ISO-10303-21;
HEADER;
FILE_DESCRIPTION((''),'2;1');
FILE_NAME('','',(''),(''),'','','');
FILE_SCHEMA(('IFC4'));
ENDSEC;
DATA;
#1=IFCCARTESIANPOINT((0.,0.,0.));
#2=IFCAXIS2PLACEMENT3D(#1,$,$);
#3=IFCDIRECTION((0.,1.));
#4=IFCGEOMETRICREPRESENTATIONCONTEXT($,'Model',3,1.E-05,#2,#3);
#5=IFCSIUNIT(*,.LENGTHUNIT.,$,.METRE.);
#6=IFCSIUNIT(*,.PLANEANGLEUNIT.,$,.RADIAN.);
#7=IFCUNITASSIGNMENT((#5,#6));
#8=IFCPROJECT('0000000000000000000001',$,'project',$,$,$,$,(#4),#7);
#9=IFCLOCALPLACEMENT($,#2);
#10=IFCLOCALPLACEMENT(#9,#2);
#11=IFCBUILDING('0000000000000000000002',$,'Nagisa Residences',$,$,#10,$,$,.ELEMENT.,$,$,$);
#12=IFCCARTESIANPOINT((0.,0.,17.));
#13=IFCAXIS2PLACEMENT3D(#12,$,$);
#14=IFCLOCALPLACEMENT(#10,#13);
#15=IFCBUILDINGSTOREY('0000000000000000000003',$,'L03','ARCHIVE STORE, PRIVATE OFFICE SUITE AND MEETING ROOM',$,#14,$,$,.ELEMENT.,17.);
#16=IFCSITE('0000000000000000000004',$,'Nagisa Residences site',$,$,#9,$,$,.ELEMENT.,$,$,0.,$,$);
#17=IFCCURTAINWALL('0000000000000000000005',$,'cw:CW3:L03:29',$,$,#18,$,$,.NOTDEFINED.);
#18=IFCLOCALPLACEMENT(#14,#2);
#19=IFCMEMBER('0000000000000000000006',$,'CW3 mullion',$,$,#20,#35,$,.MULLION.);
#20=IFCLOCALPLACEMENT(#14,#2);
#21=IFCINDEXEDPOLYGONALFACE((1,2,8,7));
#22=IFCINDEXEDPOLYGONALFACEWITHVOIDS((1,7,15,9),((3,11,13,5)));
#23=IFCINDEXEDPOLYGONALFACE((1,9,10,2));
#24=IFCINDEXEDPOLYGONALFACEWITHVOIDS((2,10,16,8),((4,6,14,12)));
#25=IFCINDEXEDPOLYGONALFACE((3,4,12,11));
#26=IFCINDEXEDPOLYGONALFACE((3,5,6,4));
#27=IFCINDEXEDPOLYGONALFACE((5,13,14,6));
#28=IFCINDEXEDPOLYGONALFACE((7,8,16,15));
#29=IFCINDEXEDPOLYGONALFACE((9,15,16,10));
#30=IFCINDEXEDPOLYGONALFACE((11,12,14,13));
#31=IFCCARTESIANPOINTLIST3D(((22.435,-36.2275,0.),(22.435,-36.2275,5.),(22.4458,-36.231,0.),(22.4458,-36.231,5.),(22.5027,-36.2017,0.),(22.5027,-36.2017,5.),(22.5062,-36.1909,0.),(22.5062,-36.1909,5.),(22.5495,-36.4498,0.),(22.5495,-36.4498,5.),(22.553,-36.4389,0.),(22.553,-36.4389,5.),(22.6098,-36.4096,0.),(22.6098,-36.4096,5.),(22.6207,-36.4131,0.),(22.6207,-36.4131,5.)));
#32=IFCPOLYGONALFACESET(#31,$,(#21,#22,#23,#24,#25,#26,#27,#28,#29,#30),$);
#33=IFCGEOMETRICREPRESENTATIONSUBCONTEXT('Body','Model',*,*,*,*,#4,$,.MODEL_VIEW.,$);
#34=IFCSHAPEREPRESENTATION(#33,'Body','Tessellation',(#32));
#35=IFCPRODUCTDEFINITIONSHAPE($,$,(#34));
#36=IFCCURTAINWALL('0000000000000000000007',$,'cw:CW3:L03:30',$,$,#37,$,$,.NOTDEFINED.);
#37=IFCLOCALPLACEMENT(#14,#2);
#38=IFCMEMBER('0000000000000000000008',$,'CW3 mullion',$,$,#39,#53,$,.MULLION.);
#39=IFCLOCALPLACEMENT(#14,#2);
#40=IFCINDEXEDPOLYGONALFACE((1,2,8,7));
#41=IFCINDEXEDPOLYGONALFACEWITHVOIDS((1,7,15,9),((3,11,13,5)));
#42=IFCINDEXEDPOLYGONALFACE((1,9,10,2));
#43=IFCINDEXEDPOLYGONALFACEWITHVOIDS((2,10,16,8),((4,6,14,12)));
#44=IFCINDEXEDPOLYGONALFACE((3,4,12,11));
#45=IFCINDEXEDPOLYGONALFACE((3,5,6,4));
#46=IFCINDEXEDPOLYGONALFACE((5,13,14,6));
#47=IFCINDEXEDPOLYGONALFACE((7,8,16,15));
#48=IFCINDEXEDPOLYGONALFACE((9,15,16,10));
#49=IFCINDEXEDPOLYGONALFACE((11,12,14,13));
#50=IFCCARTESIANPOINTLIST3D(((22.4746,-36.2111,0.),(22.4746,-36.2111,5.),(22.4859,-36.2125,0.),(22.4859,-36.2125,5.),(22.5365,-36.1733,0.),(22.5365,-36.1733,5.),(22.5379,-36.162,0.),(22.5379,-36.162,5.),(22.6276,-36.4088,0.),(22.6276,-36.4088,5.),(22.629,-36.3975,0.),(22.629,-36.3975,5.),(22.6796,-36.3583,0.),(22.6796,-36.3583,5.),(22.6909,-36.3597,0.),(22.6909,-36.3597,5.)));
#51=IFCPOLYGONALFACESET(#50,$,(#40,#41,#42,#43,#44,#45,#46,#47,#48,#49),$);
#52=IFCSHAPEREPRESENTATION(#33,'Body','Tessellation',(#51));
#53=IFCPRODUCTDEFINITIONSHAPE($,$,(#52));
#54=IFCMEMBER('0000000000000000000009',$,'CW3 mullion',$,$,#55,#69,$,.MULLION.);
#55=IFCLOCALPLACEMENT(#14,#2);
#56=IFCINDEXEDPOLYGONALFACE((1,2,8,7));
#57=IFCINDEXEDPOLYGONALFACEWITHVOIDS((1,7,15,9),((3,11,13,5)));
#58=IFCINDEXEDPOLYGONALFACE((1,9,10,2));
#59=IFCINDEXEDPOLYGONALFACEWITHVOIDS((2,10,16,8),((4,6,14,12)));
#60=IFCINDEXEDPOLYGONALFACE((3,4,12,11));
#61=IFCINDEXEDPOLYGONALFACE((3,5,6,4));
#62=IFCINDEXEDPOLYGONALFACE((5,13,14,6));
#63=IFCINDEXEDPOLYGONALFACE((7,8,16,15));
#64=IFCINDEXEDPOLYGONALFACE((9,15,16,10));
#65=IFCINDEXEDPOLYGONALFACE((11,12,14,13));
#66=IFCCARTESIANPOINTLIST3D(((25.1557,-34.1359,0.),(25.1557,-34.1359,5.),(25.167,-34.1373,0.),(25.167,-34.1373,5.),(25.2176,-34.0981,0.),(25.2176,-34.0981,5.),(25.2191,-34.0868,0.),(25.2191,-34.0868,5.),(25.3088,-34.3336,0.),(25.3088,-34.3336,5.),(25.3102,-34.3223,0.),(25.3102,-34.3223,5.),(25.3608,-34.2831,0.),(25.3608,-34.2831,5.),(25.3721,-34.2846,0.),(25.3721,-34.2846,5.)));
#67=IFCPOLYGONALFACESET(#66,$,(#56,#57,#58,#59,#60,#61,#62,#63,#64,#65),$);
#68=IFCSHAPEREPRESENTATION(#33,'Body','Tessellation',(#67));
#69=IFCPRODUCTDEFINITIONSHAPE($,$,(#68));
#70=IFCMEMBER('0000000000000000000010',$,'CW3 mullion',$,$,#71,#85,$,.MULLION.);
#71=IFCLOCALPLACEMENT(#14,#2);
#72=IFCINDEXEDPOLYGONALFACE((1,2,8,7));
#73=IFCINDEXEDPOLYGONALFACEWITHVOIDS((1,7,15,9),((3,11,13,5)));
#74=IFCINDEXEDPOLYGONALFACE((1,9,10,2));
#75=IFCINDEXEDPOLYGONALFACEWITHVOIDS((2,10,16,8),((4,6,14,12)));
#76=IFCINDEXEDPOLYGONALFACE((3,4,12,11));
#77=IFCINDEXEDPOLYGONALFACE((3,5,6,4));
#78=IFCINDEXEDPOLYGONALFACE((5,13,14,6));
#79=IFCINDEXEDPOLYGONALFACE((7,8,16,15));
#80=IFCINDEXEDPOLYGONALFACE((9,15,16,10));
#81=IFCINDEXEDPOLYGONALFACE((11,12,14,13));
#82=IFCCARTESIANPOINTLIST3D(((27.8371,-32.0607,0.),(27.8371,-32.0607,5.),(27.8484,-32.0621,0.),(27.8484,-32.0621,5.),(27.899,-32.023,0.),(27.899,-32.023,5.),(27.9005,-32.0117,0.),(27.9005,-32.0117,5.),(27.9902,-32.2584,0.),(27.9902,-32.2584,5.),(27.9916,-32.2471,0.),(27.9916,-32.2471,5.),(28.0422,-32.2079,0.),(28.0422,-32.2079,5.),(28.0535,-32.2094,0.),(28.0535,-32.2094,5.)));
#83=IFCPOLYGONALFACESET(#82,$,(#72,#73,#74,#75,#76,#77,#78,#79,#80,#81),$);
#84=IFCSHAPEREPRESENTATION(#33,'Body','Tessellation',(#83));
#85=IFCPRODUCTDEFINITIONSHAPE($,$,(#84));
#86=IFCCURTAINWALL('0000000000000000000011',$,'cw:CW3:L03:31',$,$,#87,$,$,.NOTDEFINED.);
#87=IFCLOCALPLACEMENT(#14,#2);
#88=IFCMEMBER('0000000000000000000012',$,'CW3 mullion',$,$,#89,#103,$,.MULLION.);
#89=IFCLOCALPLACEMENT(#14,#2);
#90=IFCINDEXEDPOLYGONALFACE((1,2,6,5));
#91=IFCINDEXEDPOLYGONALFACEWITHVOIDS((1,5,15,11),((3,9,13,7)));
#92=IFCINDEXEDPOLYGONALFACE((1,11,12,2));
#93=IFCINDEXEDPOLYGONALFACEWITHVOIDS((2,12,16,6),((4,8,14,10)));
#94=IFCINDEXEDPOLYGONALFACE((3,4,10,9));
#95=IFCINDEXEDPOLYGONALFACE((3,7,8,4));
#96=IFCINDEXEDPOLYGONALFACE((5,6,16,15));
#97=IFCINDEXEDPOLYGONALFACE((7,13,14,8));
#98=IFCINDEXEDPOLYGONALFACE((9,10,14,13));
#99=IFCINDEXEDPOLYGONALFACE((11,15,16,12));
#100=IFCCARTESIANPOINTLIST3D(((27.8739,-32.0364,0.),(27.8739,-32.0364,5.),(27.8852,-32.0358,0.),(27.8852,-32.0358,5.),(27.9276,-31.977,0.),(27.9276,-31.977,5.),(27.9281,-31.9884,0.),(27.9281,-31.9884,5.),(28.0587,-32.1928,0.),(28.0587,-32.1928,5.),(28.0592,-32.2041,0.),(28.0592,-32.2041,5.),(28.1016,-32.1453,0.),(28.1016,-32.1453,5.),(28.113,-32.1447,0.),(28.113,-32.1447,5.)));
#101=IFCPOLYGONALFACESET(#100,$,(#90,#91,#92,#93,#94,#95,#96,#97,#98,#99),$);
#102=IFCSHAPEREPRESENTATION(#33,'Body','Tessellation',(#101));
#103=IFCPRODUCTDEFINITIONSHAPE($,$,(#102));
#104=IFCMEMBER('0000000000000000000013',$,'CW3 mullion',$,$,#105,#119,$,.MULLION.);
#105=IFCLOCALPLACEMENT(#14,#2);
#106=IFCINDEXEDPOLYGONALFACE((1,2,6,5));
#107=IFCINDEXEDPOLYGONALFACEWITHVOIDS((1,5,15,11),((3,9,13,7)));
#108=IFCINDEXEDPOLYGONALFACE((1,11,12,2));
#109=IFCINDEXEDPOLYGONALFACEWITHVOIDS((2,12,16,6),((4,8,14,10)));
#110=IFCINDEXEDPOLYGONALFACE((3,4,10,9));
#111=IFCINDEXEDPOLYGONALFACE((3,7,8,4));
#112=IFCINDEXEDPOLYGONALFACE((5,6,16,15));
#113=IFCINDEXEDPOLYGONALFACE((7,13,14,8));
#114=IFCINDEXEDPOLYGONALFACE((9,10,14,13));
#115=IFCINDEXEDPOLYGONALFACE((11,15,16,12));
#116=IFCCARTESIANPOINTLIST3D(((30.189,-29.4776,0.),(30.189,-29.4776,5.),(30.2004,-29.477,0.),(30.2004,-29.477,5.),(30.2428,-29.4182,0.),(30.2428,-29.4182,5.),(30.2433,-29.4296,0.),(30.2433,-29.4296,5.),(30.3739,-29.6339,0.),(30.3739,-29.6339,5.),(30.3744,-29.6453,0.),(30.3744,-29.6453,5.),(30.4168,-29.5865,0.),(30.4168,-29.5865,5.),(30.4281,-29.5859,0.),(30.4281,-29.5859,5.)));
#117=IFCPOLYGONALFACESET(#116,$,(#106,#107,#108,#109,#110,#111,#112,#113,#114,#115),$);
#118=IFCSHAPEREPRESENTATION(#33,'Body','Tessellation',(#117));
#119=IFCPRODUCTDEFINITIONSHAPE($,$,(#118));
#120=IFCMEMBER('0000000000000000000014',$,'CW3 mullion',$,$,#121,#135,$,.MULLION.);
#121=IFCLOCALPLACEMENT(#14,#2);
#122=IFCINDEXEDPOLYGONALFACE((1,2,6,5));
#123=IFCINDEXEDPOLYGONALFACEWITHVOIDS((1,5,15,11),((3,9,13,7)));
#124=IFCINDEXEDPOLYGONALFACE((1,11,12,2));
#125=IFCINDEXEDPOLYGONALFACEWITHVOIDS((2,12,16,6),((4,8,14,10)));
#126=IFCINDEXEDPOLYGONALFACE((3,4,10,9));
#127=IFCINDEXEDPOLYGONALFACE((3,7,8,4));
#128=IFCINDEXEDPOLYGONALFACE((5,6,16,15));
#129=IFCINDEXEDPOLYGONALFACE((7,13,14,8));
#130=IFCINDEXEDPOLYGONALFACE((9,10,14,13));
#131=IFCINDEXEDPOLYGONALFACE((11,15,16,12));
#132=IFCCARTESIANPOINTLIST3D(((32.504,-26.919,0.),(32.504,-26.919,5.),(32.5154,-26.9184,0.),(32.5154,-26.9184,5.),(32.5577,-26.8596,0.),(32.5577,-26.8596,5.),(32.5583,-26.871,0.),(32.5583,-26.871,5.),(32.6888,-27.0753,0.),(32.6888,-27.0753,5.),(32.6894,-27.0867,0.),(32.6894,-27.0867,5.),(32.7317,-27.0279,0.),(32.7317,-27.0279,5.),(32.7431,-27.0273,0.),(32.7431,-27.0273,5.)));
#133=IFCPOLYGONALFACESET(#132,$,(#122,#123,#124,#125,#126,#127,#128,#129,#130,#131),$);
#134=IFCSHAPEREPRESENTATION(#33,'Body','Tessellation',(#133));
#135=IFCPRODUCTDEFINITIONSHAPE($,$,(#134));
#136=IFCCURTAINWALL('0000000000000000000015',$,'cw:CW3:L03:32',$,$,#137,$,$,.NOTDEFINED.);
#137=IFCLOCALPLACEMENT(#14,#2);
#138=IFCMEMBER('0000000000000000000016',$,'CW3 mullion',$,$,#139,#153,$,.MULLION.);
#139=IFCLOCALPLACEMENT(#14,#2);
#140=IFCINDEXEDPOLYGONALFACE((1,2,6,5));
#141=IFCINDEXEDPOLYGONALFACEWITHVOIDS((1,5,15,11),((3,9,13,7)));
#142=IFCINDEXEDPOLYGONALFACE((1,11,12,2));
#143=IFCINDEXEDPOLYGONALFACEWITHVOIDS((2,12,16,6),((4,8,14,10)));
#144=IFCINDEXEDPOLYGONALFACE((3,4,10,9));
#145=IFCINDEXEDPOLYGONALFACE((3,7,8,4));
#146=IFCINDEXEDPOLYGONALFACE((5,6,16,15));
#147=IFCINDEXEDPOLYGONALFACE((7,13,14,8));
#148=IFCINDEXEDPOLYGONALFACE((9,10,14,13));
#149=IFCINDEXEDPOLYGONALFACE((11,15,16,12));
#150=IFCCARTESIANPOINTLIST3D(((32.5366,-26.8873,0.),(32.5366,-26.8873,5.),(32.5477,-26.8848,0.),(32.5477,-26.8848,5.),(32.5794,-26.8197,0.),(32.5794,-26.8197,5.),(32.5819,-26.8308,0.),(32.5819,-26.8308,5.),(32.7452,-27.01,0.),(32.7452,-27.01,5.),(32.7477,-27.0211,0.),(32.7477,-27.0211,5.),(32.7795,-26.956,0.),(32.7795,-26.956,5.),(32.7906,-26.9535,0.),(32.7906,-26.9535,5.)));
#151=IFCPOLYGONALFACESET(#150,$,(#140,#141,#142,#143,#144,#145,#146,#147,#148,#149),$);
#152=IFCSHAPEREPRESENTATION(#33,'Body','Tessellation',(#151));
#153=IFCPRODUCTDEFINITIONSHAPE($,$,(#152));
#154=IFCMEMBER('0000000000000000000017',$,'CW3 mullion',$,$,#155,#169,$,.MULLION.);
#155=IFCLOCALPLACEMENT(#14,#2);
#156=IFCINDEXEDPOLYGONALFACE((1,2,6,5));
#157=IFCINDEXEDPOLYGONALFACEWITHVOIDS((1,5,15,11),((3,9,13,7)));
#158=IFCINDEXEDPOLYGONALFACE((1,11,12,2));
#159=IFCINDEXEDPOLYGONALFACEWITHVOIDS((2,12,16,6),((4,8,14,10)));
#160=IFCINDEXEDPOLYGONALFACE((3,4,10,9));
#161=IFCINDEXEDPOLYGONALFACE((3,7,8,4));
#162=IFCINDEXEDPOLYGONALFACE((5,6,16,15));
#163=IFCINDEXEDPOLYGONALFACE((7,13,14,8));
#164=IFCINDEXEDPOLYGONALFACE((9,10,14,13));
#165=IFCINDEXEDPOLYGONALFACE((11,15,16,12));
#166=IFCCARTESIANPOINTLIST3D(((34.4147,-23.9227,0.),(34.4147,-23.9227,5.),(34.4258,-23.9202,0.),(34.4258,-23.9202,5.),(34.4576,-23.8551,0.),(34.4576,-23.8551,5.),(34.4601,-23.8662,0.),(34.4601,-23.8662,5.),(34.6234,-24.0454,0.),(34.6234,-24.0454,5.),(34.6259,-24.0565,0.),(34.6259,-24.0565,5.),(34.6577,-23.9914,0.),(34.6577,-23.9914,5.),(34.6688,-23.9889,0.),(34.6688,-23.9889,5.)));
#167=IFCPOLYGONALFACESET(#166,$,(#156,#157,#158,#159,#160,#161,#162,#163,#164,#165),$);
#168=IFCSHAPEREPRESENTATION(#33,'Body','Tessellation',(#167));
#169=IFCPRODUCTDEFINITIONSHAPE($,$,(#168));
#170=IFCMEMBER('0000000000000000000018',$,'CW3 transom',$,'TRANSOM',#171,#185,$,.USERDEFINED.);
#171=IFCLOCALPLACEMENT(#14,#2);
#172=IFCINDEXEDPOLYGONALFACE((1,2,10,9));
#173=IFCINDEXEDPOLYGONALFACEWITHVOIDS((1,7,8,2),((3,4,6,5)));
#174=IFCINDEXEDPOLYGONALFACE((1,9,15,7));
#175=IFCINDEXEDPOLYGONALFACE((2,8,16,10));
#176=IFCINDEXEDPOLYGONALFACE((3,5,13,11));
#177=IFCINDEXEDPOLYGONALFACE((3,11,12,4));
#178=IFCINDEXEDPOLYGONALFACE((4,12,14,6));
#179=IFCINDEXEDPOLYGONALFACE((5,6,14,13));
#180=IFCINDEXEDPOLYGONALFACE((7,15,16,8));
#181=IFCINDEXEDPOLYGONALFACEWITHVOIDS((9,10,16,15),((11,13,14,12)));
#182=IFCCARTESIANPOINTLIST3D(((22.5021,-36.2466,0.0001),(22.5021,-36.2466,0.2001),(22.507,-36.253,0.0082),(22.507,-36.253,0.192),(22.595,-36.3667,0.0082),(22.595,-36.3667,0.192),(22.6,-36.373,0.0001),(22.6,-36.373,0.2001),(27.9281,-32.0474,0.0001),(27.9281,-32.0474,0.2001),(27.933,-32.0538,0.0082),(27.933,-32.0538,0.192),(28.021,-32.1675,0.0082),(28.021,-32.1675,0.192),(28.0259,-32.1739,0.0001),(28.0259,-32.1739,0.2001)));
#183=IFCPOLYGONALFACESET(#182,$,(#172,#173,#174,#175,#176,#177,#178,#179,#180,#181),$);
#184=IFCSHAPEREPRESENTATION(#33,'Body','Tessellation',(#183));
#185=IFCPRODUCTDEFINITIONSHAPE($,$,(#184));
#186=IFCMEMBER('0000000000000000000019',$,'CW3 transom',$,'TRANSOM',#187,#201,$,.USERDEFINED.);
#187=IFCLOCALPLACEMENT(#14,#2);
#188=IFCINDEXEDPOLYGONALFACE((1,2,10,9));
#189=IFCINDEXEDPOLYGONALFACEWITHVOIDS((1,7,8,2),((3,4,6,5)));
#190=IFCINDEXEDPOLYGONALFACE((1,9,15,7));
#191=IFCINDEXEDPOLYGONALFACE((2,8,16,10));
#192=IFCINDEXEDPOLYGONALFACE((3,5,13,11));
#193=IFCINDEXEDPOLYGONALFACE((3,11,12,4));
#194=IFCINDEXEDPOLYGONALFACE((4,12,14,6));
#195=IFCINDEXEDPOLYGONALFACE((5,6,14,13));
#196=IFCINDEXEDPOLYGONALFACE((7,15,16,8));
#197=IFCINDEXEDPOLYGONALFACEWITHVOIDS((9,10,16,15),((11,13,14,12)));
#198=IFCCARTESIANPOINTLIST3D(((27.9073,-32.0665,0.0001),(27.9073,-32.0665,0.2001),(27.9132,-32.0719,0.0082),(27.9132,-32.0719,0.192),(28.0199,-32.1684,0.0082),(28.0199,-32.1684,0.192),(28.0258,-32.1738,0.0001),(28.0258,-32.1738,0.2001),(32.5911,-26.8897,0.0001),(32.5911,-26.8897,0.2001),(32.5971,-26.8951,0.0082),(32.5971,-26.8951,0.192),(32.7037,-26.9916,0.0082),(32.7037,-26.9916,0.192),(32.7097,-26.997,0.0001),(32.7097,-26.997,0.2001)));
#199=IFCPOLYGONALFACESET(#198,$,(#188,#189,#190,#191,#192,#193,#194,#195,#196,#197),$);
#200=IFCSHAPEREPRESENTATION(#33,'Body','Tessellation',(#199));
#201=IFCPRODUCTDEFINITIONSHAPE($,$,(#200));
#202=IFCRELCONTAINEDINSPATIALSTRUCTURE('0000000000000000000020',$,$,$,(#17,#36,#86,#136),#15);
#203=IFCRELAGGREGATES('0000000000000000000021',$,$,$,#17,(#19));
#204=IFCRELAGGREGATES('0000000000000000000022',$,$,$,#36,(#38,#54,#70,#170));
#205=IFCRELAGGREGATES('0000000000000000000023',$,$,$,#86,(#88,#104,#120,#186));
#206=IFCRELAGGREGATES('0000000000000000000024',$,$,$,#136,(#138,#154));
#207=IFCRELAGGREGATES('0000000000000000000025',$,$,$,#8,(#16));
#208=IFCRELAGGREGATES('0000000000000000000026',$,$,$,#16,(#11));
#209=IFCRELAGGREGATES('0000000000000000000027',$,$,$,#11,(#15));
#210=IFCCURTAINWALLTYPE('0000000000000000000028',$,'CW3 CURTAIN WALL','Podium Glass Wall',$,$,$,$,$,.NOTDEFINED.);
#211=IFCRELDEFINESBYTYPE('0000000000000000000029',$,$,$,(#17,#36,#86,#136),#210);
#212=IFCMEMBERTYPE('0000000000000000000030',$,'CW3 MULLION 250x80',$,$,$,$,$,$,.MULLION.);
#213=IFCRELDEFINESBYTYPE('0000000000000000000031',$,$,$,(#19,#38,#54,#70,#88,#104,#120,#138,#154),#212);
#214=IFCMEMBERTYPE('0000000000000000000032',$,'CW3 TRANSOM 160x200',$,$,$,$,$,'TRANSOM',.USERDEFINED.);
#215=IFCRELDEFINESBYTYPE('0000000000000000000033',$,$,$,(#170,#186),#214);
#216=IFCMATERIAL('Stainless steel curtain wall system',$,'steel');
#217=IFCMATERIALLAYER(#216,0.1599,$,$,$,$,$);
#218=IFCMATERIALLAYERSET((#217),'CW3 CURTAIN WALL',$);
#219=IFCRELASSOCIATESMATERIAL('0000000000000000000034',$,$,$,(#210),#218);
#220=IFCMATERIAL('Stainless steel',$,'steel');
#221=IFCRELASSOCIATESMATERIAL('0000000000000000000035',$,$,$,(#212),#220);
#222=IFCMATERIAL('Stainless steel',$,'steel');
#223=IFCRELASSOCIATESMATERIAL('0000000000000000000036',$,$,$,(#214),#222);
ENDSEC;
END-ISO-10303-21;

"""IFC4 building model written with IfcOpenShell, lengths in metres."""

from ifc_helpers import new_model, si_unit, direction, frame, origin, origin_2d, place, context, subcontext, project, spatial, hollow_rectangle, extrude, material, layer, layer_set, material_profile, profile_set, type_object, element, aggregate, save


model = new_model("IFC4")

# Units and contexts
model_context = context("Model", 3, precision=1e-05, world=origin(), true_north=direction((0.0, 1.0)))
body_context = subcontext(model_context, "Body", "Model", "MODEL_VIEW")
ifc_project = project(units=[si_unit("LENGTHUNIT", "METRE"), si_unit("PLANEANGLEUNIT", "RADIAN")], contexts=[model_context])

# Site, building, storey
site_placement = place(None, origin())
site = spatial("IfcSite", under=ifc_project, at=site_placement, Name="Nagisa Residences site", CompositionType="ELEMENT", RefElevation=0.0)
building_placement = place(site_placement, origin())
building = spatial("IfcBuilding", under=site, at=building_placement, Name="Nagisa Residences", CompositionType="ELEMENT")
storey_placement = place(building_placement, frame((0.0, 0.0, 17.0)))
storey = spatial("IfcBuildingStorey", under=building, at=storey_placement, Name="L03", Description="ARCHIVE STORE, PRIVATE OFFICE SUITE AND MEETING ROOM", CompositionType="ELEMENT", Elevation=17.0)

# Curtain walls, members
ifc_material_1 = material(Name="Stainless steel curtain wall system", Category="steel")
ifc_layer_1 = layer(ifc_material_1, 0.1599)
ifc_layer_set_1 = layer_set([ifc_layer_1], Name="CW3 CURTAIN WALL")
curtain_wall_type_1 = type_object("IfcCurtainWallType", Name="CW3 CURTAIN WALL", Description="Podium Glass Wall", PredefinedType="NOTDEFINED", material=ifc_layer_set_1)
curtain_wall_1_placement = place(storey_placement, origin())
curtain_wall_1 = element("IfcCurtainWall", 1, at=curtain_wall_1_placement, inside=storey, type_object=curtain_wall_type_1, Name="cw:CW3:L03:29", PredefinedType="NOTDEFINED")
ifc_material_2 = material(Name="Stainless steel", Category="steel")
ifc_material_profile_1 = material_profile(ifc_material_2, hollow_rectangle(XDim=0.25, YDim=0.0801, WallThickness=0.0081, at=origin_2d()), Name="CW3 MULLION 250x80")
ifc_profile_set_1 = profile_set([ifc_material_profile_1], Name="Stainless steel")
member_type_1 = type_object("IfcMemberType", Name="CW3 MULLION 250x80", PredefinedType="MULLION", material=ifc_profile_set_1)
member_1_placement = place(storey_placement, frame((22.5278, -36.3203, 0.0), z_axis=(0.0, 0.0, 1.0), x_axis=(-0.458126, 0.888887, 0.0)))
member_1 = element("IfcMember", 2, at=member_1_placement, type_object=member_type_1, Name="CW3 mullion", PredefinedType="MULLION", context=body_context, shape_type="SweptSolid", body=[
    extrude(hollow_rectangle(XDim=0.25, YDim=0.0801, WallThickness=0.0081, at=origin_2d()), origin(), (0.0, 0.0, 1.0), 5.0),
])
curtain_wall_2_placement = place(storey_placement, origin())
curtain_wall_2 = element("IfcCurtainWall", 3, at=curtain_wall_2_placement, inside=storey, type_object=curtain_wall_type_1, Name="cw:CW3:L03:30", PredefinedType="NOTDEFINED")
member_2_placement = place(storey_placement, frame((22.5828, -36.2854, 0.0), z_axis=(0.0, 0.0, 1.0), x_axis=(-0.612035, 0.790831, 0.0)))
member_2 = element("IfcMember", 4, at=member_2_placement, type_object=member_type_1, Name="CW3 mullion", PredefinedType="MULLION", context=body_context, shape_type="SweptSolid", body=[
    extrude(hollow_rectangle(XDim=0.25, YDim=0.0801, WallThickness=0.0081, at=origin_2d()), origin(), (0.0, 0.0, 1.0), 5.0),
])
member_3_placement = place(storey_placement, frame((25.2639, -34.2102, 0.0), z_axis=(0.0, 0.0, 1.0), x_axis=(-0.612035, 0.790831, 0.0)))
member_3 = element("IfcMember", 5, at=member_3_placement, type_object=member_type_1, Name="CW3 mullion", PredefinedType="MULLION", context=body_context, shape_type="SweptSolid", body=[
    extrude(hollow_rectangle(XDim=0.25, YDim=0.0801, WallThickness=0.0081, at=origin_2d()), origin(), (0.0, 0.0, 1.0), 5.0),
])
member_4_placement = place(storey_placement, frame((27.9453, -32.135, 0.0), z_axis=(0.0, 0.0, 1.0), x_axis=(-0.612035, 0.790831, 0.0)))
member_4 = element("IfcMember", 6, at=member_4_placement, type_object=member_type_1, Name="CW3 mullion", PredefinedType="MULLION", context=body_context, shape_type="SweptSolid", body=[
    extrude(hollow_rectangle(XDim=0.25, YDim=0.0801, WallThickness=0.0081, at=origin_2d()), origin(), (0.0, 0.0, 1.0), 5.0),
])
curtain_wall_3_placement = place(storey_placement, origin())
curtain_wall_3 = element("IfcCurtainWall", 7, at=curtain_wall_3_placement, inside=storey, type_object=curtain_wall_type_1, Name="cw:CW3:L03:31", PredefinedType="NOTDEFINED")
member_5_placement = place(storey_placement, frame((27.9934, -32.0906, 0.0), z_axis=(0.0, 0.0, 1.0), x_axis=(-0.741536, 0.670913, 0.0)))
member_5 = element("IfcMember", 8, at=member_5_placement, type_object=member_type_1, Name="CW3 mullion", PredefinedType="MULLION", context=body_context, shape_type="SweptSolid", body=[
    extrude(hollow_rectangle(XDim=0.25, YDim=0.0801, WallThickness=0.0081, at=origin_2d()), origin(), (0.0, 0.0, 1.0), 5.0),
])
member_6_placement = place(storey_placement, frame((30.3086, -29.5317, 0.0), z_axis=(0.0, 0.0, 1.0), x_axis=(-0.741536, 0.670913, 0.0)))
member_6 = element("IfcMember", 9, at=member_6_placement, type_object=member_type_1, Name="CW3 mullion", PredefinedType="MULLION", context=body_context, shape_type="SweptSolid", body=[
    extrude(hollow_rectangle(XDim=0.25, YDim=0.0801, WallThickness=0.0081, at=origin_2d()), origin(), (0.0, 0.0, 1.0), 5.0),
])
member_7_placement = place(storey_placement, frame((32.6235, -26.9731, 0.0), z_axis=(0.0, 0.0, 1.0), x_axis=(-0.741536, 0.670913, 0.0)))
member_7 = element("IfcMember", 10, at=member_7_placement, type_object=member_type_1, Name="CW3 mullion", PredefinedType="MULLION", context=body_context, shape_type="SweptSolid", body=[
    extrude(hollow_rectangle(XDim=0.25, YDim=0.0801, WallThickness=0.0081, at=origin_2d()), origin(), (0.0, 0.0, 1.0), 5.0),
])
curtain_wall_4_placement = place(storey_placement, origin())
curtain_wall_4 = element("IfcCurtainWall", 11, at=curtain_wall_4_placement, inside=storey, type_object=curtain_wall_type_1, Name="cw:CW3:L03:32", PredefinedType="NOTDEFINED")
member_8_placement = place(storey_placement, frame((32.6636, -26.9204, 0.0), z_axis=(0.0, 0.0, 1.0), x_axis=(-0.844747, 0.535165, 0.0)))
member_8 = element("IfcMember", 12, at=member_8_placement, type_object=member_type_1, Name="CW3 mullion", PredefinedType="MULLION", context=body_context, shape_type="SweptSolid", body=[
    extrude(hollow_rectangle(XDim=0.25, YDim=0.0801, WallThickness=0.0081, at=origin_2d()), origin(), (0.0, 0.0, 1.0), 5.0),
])
member_9_placement = place(storey_placement, frame((34.5417, -23.9558, 0.0), z_axis=(0.0, 0.0, 1.0), x_axis=(-0.844747, 0.535165, 0.0)))
member_9 = element("IfcMember", 13, at=member_9_placement, type_object=member_type_1, Name="CW3 mullion", PredefinedType="MULLION", context=body_context, shape_type="SweptSolid", body=[
    extrude(hollow_rectangle(XDim=0.25, YDim=0.0801, WallThickness=0.0081, at=origin_2d()), origin(), (0.0, 0.0, 1.0), 5.0),
])

# Members
ifc_material_3 = material(Name="Stainless steel", Category="steel")
ifc_material_profile_2 = material_profile(ifc_material_3, hollow_rectangle(XDim=0.1599, YDim=0.2, WallThickness=0.0081, at=origin_2d()), Name="CW3 TRANSOM 160x200")
ifc_profile_set_2 = profile_set([ifc_material_profile_2], Name="Stainless steel")
member_type_2 = type_object("IfcMemberType", Name="CW3 TRANSOM 160x200", ElementType="TRANSOM", PredefinedType="USERDEFINED", material=ifc_profile_set_2)
member_10_placement = place(storey_placement, frame((22.551, -36.3098, 0.1001), z_axis=(0.790835, 0.61203, 0.0), x_axis=(-0.61203, 0.790835, 0.0)))
member_10 = element("IfcMember", 14, at=member_10_placement, type_object=member_type_2, Name="CW3 transom", ObjectType="TRANSOM", PredefinedType="USERDEFINED", context=body_context, shape_type="SweptSolid", body=[
    extrude(hollow_rectangle(XDim=0.1599, YDim=0.2, WallThickness=0.0081, at=origin_2d()), origin(), (0.0, 0.0, 1.0), 6.8611),
])
member_11_placement = place(storey_placement, frame((27.9666, -32.1201, 0.1001), z_axis=(0.670922, 0.741528, 0.0), x_axis=(-0.741528, 0.670922, 0.0)))
member_11 = element("IfcMember", 15, at=member_11_placement, type_object=member_type_2, Name="CW3 transom", ObjectType="TRANSOM", PredefinedType="USERDEFINED", context=body_context, shape_type="SweptSolid", body=[
    extrude(hollow_rectangle(XDim=0.1599, YDim=0.2, WallThickness=0.0081, at=origin_2d()), origin(), (0.0, 0.0, 1.0), 6.9812),
])

aggregate(curtain_wall_1, [member_1])
aggregate(curtain_wall_2, [member_2, member_3, member_4, member_10])
aggregate(curtain_wall_3, [member_5, member_6, member_7, member_11])
aggregate(curtain_wall_4, [member_8, member_9])

save(model, "model.ifc")
